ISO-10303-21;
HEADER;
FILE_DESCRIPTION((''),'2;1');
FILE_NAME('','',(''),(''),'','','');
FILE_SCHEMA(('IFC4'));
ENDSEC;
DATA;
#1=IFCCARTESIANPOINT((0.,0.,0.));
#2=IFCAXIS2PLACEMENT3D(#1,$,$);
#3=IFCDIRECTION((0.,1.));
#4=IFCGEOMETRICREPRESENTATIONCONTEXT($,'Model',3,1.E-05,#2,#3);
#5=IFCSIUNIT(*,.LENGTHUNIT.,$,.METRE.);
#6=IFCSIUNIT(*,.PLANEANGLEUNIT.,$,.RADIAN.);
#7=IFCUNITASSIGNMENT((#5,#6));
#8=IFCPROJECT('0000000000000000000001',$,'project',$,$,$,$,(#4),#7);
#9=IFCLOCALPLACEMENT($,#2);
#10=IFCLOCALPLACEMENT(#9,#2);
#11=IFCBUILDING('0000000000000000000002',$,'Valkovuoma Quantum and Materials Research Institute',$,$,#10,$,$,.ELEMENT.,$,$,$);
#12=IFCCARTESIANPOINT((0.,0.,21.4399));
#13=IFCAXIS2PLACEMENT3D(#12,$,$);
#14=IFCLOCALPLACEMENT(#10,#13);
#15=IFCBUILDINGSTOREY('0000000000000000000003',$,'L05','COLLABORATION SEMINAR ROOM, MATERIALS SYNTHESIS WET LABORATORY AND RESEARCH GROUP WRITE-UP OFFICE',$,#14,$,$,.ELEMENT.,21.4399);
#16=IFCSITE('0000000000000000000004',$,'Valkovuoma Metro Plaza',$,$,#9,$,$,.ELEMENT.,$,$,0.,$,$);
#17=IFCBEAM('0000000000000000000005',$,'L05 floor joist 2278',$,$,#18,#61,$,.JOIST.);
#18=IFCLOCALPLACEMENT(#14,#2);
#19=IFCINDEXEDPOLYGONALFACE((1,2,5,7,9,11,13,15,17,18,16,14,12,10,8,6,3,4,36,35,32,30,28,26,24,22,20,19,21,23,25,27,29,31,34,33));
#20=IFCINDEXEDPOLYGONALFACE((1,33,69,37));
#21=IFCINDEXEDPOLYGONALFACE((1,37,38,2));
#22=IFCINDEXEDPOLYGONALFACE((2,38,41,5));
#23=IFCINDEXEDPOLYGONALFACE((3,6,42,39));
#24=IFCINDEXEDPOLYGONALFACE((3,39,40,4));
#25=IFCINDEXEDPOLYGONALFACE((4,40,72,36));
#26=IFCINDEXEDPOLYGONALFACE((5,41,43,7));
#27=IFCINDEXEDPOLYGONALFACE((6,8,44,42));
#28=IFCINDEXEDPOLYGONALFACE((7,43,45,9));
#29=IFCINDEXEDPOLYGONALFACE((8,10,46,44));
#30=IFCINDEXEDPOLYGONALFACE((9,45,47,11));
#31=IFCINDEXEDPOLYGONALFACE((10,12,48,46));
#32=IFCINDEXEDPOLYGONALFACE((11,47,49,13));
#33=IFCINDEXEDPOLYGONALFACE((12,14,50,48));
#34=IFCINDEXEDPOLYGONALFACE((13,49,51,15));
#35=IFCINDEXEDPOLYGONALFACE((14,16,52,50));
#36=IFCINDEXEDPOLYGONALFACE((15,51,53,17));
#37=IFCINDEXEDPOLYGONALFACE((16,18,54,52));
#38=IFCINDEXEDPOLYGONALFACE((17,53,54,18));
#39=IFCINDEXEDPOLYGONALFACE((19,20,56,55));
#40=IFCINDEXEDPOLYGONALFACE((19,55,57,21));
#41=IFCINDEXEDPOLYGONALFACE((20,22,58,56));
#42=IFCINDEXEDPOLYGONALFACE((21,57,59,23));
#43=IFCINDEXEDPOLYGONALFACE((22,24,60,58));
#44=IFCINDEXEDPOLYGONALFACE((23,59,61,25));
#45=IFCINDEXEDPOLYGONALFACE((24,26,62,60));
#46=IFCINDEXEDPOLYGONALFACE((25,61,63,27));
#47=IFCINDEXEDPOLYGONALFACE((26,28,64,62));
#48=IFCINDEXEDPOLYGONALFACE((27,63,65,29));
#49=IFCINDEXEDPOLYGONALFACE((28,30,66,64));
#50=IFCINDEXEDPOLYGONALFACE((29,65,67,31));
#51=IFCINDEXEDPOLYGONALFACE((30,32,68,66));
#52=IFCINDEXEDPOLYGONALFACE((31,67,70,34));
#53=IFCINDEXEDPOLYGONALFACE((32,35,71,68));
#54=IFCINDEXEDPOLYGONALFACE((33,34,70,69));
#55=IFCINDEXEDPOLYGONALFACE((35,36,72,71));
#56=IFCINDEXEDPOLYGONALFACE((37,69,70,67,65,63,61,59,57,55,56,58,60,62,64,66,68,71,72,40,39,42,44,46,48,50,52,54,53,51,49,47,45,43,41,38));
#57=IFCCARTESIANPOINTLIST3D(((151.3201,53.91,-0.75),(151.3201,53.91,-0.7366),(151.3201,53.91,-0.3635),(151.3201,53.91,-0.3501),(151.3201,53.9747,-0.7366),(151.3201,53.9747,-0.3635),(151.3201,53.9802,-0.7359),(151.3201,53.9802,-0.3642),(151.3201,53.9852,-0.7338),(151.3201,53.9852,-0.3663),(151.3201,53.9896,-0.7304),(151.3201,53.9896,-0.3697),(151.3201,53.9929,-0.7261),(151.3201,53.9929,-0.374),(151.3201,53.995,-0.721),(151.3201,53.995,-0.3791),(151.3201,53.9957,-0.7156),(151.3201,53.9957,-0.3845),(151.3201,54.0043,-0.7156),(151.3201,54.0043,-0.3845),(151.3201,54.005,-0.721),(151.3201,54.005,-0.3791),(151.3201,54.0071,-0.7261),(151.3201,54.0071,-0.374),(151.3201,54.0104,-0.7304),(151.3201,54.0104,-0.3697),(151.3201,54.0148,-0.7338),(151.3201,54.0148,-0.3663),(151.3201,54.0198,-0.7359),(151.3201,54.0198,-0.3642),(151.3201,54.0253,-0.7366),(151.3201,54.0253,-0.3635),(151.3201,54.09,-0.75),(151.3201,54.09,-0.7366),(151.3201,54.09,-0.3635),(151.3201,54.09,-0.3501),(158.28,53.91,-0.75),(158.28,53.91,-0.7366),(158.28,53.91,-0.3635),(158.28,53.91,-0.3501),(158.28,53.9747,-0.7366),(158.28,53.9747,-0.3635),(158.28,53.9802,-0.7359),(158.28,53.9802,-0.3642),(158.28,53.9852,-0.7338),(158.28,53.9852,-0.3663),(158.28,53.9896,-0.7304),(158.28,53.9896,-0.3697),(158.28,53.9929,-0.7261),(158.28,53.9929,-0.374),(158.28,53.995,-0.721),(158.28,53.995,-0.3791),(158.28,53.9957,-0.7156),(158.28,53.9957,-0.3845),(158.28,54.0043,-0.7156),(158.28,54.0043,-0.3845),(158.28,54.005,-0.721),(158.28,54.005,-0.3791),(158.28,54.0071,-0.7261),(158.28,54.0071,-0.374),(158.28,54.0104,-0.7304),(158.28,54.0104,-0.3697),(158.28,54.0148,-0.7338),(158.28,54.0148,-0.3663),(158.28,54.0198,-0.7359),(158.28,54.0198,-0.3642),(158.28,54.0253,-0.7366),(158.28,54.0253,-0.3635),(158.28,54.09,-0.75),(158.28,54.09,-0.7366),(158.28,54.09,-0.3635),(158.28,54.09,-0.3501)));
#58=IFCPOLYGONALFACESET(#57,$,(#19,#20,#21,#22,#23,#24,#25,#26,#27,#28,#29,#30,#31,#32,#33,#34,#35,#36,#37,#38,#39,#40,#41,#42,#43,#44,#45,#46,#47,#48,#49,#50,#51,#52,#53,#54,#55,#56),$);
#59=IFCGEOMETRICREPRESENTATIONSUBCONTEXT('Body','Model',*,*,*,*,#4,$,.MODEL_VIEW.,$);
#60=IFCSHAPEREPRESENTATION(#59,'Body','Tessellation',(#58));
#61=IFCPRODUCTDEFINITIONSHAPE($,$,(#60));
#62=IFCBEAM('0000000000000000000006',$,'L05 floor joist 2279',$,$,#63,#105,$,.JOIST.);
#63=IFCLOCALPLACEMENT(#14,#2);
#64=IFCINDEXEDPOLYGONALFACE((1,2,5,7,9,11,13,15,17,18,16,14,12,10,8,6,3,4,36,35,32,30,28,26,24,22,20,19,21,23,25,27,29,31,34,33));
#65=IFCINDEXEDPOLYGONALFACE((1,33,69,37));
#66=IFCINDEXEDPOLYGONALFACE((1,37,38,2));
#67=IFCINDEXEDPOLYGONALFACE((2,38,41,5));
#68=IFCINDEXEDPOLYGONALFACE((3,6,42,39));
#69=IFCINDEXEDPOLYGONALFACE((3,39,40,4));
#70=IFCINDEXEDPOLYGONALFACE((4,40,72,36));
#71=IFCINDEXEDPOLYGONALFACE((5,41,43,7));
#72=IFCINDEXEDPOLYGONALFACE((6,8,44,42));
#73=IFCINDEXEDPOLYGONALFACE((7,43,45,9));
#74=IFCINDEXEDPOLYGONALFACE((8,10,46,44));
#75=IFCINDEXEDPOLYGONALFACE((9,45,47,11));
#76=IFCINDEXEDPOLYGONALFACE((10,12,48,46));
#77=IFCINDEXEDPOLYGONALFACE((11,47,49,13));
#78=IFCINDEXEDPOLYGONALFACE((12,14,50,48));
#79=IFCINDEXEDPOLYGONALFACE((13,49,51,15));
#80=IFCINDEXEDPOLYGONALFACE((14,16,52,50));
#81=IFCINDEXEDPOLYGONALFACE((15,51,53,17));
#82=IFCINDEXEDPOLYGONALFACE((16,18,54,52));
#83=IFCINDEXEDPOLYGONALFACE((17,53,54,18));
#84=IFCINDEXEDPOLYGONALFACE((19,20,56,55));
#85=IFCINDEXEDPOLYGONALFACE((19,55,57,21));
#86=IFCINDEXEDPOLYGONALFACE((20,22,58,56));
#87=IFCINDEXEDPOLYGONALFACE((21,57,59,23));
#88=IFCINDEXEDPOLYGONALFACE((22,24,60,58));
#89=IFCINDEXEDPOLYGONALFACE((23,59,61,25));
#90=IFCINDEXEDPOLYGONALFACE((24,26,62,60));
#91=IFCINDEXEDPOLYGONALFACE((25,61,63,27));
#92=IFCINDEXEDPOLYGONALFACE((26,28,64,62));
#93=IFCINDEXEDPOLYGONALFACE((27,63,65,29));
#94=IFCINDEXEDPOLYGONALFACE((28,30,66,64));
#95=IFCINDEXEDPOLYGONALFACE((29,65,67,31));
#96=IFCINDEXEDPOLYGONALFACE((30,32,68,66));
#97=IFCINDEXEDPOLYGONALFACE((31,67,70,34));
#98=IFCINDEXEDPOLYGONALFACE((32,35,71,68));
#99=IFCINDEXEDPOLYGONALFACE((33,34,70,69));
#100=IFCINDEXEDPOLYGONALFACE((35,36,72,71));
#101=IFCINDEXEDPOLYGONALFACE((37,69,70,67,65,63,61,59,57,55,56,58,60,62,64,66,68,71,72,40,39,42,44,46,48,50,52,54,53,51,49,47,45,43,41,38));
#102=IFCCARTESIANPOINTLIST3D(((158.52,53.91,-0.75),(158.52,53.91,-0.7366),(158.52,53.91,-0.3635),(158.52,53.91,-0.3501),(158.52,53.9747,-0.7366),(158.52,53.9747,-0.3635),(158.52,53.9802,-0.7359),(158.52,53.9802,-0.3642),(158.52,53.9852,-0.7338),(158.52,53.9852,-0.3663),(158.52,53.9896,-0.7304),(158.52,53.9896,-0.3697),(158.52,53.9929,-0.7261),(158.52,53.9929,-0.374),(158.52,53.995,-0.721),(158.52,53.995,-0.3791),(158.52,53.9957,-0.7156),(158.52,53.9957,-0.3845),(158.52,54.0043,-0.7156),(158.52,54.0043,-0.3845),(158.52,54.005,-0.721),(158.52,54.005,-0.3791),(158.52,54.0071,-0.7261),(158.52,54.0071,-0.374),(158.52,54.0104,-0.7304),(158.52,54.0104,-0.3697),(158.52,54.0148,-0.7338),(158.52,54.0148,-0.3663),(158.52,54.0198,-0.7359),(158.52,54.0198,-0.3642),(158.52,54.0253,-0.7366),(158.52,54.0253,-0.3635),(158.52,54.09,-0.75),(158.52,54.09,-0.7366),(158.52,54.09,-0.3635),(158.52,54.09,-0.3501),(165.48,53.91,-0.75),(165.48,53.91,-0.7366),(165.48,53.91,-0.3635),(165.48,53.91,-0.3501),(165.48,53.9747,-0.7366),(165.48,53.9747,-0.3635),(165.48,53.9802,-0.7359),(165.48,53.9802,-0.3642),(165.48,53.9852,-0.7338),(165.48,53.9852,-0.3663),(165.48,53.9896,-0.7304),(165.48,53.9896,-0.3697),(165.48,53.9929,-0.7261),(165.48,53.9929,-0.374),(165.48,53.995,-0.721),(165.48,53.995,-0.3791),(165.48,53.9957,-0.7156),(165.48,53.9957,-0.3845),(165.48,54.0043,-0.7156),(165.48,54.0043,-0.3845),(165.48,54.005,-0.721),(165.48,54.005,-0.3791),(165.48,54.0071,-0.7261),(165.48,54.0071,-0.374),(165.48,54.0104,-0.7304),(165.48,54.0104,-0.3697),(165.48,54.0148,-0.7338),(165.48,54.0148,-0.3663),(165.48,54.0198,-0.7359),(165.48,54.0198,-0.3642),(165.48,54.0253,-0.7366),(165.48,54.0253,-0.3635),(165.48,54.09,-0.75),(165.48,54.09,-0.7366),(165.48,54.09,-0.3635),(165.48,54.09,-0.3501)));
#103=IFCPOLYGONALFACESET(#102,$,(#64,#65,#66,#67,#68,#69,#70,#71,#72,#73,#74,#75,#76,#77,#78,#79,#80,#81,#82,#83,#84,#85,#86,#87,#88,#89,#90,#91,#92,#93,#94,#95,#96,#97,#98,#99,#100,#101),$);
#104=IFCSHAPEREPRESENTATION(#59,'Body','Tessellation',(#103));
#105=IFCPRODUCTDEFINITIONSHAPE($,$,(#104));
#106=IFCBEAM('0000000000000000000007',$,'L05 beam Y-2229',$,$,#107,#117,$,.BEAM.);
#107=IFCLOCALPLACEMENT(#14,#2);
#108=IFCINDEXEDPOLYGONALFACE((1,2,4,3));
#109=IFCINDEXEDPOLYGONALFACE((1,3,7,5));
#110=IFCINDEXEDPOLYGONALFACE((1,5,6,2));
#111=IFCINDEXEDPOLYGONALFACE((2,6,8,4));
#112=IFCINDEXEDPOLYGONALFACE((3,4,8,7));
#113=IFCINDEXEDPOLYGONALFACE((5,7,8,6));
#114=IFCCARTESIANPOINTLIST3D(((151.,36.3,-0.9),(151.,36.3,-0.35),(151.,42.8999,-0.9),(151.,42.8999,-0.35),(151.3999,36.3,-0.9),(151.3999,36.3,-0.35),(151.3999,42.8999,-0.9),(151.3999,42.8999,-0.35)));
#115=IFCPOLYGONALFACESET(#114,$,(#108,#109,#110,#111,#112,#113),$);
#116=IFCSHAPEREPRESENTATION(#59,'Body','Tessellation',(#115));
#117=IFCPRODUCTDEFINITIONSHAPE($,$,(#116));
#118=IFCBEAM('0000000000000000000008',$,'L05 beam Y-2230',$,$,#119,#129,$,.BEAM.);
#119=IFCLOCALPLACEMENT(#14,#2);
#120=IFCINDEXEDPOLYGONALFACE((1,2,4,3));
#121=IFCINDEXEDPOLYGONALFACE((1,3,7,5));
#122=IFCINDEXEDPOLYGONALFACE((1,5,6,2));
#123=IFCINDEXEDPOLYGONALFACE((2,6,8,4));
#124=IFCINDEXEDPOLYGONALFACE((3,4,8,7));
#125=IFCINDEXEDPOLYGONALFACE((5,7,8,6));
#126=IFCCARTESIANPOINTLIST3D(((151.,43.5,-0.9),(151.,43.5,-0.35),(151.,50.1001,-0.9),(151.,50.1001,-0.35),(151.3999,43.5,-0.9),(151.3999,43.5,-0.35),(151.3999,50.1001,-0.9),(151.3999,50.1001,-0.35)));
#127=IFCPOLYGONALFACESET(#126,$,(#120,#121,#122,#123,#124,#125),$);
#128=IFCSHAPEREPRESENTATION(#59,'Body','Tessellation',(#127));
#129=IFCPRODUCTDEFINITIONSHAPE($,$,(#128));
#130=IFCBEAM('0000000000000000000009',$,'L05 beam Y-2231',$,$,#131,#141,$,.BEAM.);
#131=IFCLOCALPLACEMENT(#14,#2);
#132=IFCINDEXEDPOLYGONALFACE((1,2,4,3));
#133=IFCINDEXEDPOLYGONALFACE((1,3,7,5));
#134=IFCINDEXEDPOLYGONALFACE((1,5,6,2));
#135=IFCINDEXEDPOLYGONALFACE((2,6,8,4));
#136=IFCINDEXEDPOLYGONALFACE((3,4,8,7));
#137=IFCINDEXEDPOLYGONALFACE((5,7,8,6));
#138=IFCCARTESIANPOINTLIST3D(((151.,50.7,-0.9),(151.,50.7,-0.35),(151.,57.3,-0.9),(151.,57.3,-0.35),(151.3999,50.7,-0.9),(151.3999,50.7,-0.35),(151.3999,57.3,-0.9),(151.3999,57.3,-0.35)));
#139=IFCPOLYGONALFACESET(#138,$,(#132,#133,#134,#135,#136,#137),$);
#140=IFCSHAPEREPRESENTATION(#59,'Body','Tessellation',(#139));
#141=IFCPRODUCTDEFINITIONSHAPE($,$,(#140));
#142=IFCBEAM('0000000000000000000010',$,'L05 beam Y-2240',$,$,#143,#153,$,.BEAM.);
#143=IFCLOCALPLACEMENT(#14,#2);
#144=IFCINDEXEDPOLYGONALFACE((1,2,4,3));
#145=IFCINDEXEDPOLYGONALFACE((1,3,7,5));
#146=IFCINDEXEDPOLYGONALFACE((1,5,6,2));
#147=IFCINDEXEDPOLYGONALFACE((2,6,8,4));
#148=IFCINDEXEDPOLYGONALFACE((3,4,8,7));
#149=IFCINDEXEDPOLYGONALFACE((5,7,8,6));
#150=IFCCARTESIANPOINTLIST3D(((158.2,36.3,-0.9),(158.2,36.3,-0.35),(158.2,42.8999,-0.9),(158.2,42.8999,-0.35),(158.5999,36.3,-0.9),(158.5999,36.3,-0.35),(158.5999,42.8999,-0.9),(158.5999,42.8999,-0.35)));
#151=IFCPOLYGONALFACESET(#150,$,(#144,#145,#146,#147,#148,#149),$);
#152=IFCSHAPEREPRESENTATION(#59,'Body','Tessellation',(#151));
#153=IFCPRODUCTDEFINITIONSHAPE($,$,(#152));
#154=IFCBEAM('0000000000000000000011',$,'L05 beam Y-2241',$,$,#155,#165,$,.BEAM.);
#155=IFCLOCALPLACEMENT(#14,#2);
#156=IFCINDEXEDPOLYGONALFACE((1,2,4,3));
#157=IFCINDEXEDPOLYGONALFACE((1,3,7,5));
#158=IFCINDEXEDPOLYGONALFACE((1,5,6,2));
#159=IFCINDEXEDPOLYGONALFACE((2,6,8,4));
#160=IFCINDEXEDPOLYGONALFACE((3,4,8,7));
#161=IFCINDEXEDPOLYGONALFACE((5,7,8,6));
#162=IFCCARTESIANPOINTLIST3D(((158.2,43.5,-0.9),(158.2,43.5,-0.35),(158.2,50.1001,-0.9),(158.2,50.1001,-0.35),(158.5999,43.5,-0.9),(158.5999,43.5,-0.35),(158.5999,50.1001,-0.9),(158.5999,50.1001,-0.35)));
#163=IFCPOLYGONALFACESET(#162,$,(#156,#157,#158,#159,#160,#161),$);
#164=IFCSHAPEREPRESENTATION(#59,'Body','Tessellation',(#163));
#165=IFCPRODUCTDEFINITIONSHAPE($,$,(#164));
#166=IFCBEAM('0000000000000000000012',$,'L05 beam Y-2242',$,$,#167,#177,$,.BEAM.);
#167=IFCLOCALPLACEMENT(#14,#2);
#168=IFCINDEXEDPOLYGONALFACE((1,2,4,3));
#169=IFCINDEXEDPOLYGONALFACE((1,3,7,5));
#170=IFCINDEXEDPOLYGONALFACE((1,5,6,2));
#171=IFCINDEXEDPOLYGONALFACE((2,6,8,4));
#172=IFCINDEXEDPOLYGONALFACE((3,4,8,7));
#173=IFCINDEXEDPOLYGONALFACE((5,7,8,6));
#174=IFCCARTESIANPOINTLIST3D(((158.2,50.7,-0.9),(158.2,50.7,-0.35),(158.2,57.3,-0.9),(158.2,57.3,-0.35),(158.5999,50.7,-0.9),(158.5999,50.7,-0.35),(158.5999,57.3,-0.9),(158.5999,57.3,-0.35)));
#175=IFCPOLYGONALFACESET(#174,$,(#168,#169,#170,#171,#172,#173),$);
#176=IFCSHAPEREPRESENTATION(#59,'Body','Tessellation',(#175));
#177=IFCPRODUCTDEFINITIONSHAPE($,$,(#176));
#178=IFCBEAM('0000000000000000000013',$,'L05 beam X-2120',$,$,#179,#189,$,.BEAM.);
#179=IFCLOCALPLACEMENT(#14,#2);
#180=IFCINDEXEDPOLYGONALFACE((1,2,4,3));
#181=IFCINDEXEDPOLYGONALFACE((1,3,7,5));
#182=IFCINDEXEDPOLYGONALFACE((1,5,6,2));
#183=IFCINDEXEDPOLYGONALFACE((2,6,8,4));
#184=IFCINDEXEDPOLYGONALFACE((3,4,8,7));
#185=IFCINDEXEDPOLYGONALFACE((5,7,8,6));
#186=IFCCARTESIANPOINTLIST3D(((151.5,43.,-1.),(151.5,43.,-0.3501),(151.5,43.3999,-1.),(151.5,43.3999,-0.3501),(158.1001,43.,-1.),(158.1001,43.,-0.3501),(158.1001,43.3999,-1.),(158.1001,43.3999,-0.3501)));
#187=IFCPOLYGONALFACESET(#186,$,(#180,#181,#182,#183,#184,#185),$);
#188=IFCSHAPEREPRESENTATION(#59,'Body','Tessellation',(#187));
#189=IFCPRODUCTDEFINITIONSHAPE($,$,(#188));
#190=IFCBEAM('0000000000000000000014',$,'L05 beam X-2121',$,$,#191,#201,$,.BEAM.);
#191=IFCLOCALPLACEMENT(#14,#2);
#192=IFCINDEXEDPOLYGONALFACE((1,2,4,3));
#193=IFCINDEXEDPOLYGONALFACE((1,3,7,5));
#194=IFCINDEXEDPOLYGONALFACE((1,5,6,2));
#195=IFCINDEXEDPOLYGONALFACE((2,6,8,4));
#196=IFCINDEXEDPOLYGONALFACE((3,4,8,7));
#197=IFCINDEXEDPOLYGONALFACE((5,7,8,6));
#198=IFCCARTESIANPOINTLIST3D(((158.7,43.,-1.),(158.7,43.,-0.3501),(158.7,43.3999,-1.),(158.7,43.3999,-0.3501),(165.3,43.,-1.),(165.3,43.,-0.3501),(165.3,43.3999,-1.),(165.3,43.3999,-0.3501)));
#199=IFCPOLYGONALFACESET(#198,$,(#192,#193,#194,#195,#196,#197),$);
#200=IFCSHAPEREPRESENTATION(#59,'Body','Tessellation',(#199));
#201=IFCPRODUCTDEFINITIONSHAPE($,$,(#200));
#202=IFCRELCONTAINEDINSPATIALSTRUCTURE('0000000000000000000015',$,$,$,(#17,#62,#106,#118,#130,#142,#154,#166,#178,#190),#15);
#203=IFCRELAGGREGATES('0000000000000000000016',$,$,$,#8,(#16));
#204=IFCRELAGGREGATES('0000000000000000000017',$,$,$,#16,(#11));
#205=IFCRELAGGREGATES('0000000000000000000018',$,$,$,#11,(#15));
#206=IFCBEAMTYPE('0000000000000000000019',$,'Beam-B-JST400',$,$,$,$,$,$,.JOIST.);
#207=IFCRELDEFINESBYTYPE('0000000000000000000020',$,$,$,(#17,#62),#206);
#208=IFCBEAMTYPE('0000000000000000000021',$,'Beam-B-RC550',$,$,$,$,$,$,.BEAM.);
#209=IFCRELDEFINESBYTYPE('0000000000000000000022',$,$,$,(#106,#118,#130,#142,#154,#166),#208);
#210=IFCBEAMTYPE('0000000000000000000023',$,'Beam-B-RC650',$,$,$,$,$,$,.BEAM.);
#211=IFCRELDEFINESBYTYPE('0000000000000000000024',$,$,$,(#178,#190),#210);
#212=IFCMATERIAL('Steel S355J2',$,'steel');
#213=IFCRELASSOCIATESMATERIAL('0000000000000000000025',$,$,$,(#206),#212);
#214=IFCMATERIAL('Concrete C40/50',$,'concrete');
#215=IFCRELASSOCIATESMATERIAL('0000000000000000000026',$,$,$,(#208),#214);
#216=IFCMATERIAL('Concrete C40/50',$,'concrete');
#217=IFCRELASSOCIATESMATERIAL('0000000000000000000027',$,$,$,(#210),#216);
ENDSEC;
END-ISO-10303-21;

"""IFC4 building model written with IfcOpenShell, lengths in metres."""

from ifc_helpers import new_model, si_unit, direction, frame, origin, origin_2d, place, context, subcontext, project, spatial, rectangle, i_section, extrude, material, material_profile, profile_set, type_object, element, save


model = new_model("IFC4")

# Units and contexts
model_context = context("Model", 3, precision=1e-05, world=origin(), true_north=direction((0.0, 1.0)))
body_context = subcontext(model_context, "Body", "Model", "MODEL_VIEW")
ifc_project = project(units=[si_unit("LENGTHUNIT", "METRE"), si_unit("PLANEANGLEUNIT", "RADIAN")], contexts=[model_context])

# Site, building, storey
site_placement = place(None, origin())
site = spatial("IfcSite", under=ifc_project, at=site_placement, Name="Valkovuoma Metro Plaza", CompositionType="ELEMENT", RefElevation=0.0)
building_placement = place(site_placement, origin())
building = spatial("IfcBuilding", under=site, at=building_placement, Name="Valkovuoma Quantum and Materials Research Institute", CompositionType="ELEMENT")
storey_placement = place(building_placement, frame((0.0, 0.0, 21.4399)))
storey = spatial("IfcBuildingStorey", under=building, at=storey_placement, Name="L05", Description="COLLABORATION SEMINAR ROOM, MATERIALS SYNTHESIS WET LABORATORY AND RESEARCH GROUP WRITE-UP OFFICE", CompositionType="ELEMENT", Elevation=21.4399)

# Beams
ifc_material_1 = material(Name="Steel S355J2", Category="steel")
ifc_material_profile_1 = material_profile(ifc_material_1, i_section(OverallWidth=0.1799, OverallDepth=0.3999, WebThickness=0.0085, FlangeThickness=0.0134, FilletRadius=0.021, at=origin_2d()), Name="Steel S355J2")
ifc_profile_set_1 = profile_set([ifc_material_profile_1], Name="Steel S355J2")
beam_type_1 = type_object("IfcBeamType", Name="Beam-B-JST400", PredefinedType="JOIST", material=ifc_profile_set_1)
for number, where, z_axis, x_axis, name in (
    (1, (151.3201, 54.0, -0.55), (1.0, 0.0, 0.0), (0.0, 1.0, 0.0), "L05 floor joist 2278"),
    (2, (158.52, 54.0, -0.55), (1.0, 0.0, 0.0), (0.0, 1.0, 0.0), "L05 floor joist 2279"),
):
    element("IfcBeam", number, at=place(storey_placement, frame(where, z_axis=z_axis, x_axis=x_axis)), inside=storey, type_object=beam_type_1, Name=name, PredefinedType="JOIST", context=body_context, shape_type="SweptSolid", body=[
        extrude(i_section(OverallWidth=0.1799, OverallDepth=0.3999, WebThickness=0.0085, FlangeThickness=0.0134, FilletRadius=0.021, at=origin_2d()), origin(), (0.0, 0.0, 1.0), 6.96),
    ])
ifc_material_2 = material(Name="Concrete C40/50", Category="concrete")
ifc_material_profile_2 = material_profile(ifc_material_2, rectangle(XDim=0.3999, YDim=0.55, at=origin_2d()), Name="Concrete C40/50")
ifc_profile_set_2 = profile_set([ifc_material_profile_2], Name="Concrete C40/50")
beam_type_2 = type_object("IfcBeamType", Name="Beam-B-RC550", PredefinedType="BEAM", material=ifc_profile_set_2)
beam_1_placement = place(storey_placement, frame((151.2, 36.3, -0.625), z_axis=(0.0, 1.0, 0.0), x_axis=(-1.0, 0.0, 0.0)))
element("IfcBeam", 3, at=beam_1_placement, inside=storey, type_object=beam_type_2, Name="L05 beam Y-2229", PredefinedType="BEAM", context=body_context, shape_type="SweptSolid", body=[
    extrude(rectangle(XDim=0.3999, YDim=0.55, at=origin_2d()), origin(), (0.0, 0.0, 1.0), 6.5999),
])
for number, where, z_axis, x_axis, name in (
    (4, (151.2, 43.5, -0.625), (0.0, 1.0, 0.0), (-1.0, 0.0, 0.0), "L05 beam Y-2230"),
    (5, (151.2, 50.7, -0.625), (0.0, 1.0, 0.0), (-1.0, 0.0, 0.0), "L05 beam Y-2231"),
):
    element("IfcBeam", number, at=place(storey_placement, frame(where, z_axis=z_axis, x_axis=x_axis)), inside=storey, type_object=beam_type_2, Name=name, PredefinedType="BEAM", context=body_context, shape_type="SweptSolid", body=[
        extrude(rectangle(XDim=0.3999, YDim=0.55, at=origin_2d()), origin(), (0.0, 0.0, 1.0), 6.6001),
    ])
beam_2_placement = place(storey_placement, frame((158.3999, 36.3, -0.625), z_axis=(0.0, 1.0, 0.0), x_axis=(-1.0, 0.0, 0.0)))
element("IfcBeam", 6, at=beam_2_placement, inside=storey, type_object=beam_type_2, Name="L05 beam Y-2240", PredefinedType="BEAM", context=body_context, shape_type="SweptSolid", body=[
    extrude(rectangle(XDim=0.3999, YDim=0.55, at=origin_2d()), origin(), (0.0, 0.0, 1.0), 6.5999),
])
for number, where, z_axis, x_axis, name in (
    (7, (158.3999, 43.5, -0.625), (0.0, 1.0, 0.0), (-1.0, 0.0, 0.0), "L05 beam Y-2241"),
    (8, (158.3999, 50.7, -0.625), (0.0, 1.0, 0.0), (-1.0, 0.0, 0.0), "L05 beam Y-2242"),
):
    element("IfcBeam", number, at=place(storey_placement, frame(where, z_axis=z_axis, x_axis=x_axis)), inside=storey, type_object=beam_type_2, Name=name, PredefinedType="BEAM", context=body_context, shape_type="SweptSolid", body=[
        extrude(rectangle(XDim=0.3999, YDim=0.55, at=origin_2d()), origin(), (0.0, 0.0, 1.0), 6.6001),
    ])
ifc_material_3 = material(Name="Concrete C40/50", Category="concrete")
ifc_material_profile_3 = material_profile(ifc_material_3, rectangle(XDim=0.3999, YDim=0.6499, at=origin_2d()), Name="Concrete C40/50")
ifc_profile_set_3 = profile_set([ifc_material_profile_3], Name="Concrete C40/50")
beam_type_3 = type_object("IfcBeamType", Name="Beam-B-RC650", PredefinedType="BEAM", material=ifc_profile_set_3)
for number, where, z_axis, x_axis, name in (
    (9, (151.5, 43.2, -0.675), (1.0, 0.0, 0.0), (0.0, 1.0, 0.0), "L05 beam X-2120"),
    (10, (158.7, 43.2, -0.675), (1.0, 0.0, 0.0), (0.0, 1.0, 0.0), "L05 beam X-2121"),
):
    element("IfcBeam", number, at=place(storey_placement, frame(where, z_axis=z_axis, x_axis=x_axis)), inside=storey, type_object=beam_type_3, Name=name, PredefinedType="BEAM", context=body_context, shape_type="SweptSolid", body=[
        extrude(rectangle(XDim=0.3999, YDim=0.6499, at=origin_2d()), origin(), (0.0, 0.0, 1.0), 6.6001),
    ])

save(model, "model.ifc")
